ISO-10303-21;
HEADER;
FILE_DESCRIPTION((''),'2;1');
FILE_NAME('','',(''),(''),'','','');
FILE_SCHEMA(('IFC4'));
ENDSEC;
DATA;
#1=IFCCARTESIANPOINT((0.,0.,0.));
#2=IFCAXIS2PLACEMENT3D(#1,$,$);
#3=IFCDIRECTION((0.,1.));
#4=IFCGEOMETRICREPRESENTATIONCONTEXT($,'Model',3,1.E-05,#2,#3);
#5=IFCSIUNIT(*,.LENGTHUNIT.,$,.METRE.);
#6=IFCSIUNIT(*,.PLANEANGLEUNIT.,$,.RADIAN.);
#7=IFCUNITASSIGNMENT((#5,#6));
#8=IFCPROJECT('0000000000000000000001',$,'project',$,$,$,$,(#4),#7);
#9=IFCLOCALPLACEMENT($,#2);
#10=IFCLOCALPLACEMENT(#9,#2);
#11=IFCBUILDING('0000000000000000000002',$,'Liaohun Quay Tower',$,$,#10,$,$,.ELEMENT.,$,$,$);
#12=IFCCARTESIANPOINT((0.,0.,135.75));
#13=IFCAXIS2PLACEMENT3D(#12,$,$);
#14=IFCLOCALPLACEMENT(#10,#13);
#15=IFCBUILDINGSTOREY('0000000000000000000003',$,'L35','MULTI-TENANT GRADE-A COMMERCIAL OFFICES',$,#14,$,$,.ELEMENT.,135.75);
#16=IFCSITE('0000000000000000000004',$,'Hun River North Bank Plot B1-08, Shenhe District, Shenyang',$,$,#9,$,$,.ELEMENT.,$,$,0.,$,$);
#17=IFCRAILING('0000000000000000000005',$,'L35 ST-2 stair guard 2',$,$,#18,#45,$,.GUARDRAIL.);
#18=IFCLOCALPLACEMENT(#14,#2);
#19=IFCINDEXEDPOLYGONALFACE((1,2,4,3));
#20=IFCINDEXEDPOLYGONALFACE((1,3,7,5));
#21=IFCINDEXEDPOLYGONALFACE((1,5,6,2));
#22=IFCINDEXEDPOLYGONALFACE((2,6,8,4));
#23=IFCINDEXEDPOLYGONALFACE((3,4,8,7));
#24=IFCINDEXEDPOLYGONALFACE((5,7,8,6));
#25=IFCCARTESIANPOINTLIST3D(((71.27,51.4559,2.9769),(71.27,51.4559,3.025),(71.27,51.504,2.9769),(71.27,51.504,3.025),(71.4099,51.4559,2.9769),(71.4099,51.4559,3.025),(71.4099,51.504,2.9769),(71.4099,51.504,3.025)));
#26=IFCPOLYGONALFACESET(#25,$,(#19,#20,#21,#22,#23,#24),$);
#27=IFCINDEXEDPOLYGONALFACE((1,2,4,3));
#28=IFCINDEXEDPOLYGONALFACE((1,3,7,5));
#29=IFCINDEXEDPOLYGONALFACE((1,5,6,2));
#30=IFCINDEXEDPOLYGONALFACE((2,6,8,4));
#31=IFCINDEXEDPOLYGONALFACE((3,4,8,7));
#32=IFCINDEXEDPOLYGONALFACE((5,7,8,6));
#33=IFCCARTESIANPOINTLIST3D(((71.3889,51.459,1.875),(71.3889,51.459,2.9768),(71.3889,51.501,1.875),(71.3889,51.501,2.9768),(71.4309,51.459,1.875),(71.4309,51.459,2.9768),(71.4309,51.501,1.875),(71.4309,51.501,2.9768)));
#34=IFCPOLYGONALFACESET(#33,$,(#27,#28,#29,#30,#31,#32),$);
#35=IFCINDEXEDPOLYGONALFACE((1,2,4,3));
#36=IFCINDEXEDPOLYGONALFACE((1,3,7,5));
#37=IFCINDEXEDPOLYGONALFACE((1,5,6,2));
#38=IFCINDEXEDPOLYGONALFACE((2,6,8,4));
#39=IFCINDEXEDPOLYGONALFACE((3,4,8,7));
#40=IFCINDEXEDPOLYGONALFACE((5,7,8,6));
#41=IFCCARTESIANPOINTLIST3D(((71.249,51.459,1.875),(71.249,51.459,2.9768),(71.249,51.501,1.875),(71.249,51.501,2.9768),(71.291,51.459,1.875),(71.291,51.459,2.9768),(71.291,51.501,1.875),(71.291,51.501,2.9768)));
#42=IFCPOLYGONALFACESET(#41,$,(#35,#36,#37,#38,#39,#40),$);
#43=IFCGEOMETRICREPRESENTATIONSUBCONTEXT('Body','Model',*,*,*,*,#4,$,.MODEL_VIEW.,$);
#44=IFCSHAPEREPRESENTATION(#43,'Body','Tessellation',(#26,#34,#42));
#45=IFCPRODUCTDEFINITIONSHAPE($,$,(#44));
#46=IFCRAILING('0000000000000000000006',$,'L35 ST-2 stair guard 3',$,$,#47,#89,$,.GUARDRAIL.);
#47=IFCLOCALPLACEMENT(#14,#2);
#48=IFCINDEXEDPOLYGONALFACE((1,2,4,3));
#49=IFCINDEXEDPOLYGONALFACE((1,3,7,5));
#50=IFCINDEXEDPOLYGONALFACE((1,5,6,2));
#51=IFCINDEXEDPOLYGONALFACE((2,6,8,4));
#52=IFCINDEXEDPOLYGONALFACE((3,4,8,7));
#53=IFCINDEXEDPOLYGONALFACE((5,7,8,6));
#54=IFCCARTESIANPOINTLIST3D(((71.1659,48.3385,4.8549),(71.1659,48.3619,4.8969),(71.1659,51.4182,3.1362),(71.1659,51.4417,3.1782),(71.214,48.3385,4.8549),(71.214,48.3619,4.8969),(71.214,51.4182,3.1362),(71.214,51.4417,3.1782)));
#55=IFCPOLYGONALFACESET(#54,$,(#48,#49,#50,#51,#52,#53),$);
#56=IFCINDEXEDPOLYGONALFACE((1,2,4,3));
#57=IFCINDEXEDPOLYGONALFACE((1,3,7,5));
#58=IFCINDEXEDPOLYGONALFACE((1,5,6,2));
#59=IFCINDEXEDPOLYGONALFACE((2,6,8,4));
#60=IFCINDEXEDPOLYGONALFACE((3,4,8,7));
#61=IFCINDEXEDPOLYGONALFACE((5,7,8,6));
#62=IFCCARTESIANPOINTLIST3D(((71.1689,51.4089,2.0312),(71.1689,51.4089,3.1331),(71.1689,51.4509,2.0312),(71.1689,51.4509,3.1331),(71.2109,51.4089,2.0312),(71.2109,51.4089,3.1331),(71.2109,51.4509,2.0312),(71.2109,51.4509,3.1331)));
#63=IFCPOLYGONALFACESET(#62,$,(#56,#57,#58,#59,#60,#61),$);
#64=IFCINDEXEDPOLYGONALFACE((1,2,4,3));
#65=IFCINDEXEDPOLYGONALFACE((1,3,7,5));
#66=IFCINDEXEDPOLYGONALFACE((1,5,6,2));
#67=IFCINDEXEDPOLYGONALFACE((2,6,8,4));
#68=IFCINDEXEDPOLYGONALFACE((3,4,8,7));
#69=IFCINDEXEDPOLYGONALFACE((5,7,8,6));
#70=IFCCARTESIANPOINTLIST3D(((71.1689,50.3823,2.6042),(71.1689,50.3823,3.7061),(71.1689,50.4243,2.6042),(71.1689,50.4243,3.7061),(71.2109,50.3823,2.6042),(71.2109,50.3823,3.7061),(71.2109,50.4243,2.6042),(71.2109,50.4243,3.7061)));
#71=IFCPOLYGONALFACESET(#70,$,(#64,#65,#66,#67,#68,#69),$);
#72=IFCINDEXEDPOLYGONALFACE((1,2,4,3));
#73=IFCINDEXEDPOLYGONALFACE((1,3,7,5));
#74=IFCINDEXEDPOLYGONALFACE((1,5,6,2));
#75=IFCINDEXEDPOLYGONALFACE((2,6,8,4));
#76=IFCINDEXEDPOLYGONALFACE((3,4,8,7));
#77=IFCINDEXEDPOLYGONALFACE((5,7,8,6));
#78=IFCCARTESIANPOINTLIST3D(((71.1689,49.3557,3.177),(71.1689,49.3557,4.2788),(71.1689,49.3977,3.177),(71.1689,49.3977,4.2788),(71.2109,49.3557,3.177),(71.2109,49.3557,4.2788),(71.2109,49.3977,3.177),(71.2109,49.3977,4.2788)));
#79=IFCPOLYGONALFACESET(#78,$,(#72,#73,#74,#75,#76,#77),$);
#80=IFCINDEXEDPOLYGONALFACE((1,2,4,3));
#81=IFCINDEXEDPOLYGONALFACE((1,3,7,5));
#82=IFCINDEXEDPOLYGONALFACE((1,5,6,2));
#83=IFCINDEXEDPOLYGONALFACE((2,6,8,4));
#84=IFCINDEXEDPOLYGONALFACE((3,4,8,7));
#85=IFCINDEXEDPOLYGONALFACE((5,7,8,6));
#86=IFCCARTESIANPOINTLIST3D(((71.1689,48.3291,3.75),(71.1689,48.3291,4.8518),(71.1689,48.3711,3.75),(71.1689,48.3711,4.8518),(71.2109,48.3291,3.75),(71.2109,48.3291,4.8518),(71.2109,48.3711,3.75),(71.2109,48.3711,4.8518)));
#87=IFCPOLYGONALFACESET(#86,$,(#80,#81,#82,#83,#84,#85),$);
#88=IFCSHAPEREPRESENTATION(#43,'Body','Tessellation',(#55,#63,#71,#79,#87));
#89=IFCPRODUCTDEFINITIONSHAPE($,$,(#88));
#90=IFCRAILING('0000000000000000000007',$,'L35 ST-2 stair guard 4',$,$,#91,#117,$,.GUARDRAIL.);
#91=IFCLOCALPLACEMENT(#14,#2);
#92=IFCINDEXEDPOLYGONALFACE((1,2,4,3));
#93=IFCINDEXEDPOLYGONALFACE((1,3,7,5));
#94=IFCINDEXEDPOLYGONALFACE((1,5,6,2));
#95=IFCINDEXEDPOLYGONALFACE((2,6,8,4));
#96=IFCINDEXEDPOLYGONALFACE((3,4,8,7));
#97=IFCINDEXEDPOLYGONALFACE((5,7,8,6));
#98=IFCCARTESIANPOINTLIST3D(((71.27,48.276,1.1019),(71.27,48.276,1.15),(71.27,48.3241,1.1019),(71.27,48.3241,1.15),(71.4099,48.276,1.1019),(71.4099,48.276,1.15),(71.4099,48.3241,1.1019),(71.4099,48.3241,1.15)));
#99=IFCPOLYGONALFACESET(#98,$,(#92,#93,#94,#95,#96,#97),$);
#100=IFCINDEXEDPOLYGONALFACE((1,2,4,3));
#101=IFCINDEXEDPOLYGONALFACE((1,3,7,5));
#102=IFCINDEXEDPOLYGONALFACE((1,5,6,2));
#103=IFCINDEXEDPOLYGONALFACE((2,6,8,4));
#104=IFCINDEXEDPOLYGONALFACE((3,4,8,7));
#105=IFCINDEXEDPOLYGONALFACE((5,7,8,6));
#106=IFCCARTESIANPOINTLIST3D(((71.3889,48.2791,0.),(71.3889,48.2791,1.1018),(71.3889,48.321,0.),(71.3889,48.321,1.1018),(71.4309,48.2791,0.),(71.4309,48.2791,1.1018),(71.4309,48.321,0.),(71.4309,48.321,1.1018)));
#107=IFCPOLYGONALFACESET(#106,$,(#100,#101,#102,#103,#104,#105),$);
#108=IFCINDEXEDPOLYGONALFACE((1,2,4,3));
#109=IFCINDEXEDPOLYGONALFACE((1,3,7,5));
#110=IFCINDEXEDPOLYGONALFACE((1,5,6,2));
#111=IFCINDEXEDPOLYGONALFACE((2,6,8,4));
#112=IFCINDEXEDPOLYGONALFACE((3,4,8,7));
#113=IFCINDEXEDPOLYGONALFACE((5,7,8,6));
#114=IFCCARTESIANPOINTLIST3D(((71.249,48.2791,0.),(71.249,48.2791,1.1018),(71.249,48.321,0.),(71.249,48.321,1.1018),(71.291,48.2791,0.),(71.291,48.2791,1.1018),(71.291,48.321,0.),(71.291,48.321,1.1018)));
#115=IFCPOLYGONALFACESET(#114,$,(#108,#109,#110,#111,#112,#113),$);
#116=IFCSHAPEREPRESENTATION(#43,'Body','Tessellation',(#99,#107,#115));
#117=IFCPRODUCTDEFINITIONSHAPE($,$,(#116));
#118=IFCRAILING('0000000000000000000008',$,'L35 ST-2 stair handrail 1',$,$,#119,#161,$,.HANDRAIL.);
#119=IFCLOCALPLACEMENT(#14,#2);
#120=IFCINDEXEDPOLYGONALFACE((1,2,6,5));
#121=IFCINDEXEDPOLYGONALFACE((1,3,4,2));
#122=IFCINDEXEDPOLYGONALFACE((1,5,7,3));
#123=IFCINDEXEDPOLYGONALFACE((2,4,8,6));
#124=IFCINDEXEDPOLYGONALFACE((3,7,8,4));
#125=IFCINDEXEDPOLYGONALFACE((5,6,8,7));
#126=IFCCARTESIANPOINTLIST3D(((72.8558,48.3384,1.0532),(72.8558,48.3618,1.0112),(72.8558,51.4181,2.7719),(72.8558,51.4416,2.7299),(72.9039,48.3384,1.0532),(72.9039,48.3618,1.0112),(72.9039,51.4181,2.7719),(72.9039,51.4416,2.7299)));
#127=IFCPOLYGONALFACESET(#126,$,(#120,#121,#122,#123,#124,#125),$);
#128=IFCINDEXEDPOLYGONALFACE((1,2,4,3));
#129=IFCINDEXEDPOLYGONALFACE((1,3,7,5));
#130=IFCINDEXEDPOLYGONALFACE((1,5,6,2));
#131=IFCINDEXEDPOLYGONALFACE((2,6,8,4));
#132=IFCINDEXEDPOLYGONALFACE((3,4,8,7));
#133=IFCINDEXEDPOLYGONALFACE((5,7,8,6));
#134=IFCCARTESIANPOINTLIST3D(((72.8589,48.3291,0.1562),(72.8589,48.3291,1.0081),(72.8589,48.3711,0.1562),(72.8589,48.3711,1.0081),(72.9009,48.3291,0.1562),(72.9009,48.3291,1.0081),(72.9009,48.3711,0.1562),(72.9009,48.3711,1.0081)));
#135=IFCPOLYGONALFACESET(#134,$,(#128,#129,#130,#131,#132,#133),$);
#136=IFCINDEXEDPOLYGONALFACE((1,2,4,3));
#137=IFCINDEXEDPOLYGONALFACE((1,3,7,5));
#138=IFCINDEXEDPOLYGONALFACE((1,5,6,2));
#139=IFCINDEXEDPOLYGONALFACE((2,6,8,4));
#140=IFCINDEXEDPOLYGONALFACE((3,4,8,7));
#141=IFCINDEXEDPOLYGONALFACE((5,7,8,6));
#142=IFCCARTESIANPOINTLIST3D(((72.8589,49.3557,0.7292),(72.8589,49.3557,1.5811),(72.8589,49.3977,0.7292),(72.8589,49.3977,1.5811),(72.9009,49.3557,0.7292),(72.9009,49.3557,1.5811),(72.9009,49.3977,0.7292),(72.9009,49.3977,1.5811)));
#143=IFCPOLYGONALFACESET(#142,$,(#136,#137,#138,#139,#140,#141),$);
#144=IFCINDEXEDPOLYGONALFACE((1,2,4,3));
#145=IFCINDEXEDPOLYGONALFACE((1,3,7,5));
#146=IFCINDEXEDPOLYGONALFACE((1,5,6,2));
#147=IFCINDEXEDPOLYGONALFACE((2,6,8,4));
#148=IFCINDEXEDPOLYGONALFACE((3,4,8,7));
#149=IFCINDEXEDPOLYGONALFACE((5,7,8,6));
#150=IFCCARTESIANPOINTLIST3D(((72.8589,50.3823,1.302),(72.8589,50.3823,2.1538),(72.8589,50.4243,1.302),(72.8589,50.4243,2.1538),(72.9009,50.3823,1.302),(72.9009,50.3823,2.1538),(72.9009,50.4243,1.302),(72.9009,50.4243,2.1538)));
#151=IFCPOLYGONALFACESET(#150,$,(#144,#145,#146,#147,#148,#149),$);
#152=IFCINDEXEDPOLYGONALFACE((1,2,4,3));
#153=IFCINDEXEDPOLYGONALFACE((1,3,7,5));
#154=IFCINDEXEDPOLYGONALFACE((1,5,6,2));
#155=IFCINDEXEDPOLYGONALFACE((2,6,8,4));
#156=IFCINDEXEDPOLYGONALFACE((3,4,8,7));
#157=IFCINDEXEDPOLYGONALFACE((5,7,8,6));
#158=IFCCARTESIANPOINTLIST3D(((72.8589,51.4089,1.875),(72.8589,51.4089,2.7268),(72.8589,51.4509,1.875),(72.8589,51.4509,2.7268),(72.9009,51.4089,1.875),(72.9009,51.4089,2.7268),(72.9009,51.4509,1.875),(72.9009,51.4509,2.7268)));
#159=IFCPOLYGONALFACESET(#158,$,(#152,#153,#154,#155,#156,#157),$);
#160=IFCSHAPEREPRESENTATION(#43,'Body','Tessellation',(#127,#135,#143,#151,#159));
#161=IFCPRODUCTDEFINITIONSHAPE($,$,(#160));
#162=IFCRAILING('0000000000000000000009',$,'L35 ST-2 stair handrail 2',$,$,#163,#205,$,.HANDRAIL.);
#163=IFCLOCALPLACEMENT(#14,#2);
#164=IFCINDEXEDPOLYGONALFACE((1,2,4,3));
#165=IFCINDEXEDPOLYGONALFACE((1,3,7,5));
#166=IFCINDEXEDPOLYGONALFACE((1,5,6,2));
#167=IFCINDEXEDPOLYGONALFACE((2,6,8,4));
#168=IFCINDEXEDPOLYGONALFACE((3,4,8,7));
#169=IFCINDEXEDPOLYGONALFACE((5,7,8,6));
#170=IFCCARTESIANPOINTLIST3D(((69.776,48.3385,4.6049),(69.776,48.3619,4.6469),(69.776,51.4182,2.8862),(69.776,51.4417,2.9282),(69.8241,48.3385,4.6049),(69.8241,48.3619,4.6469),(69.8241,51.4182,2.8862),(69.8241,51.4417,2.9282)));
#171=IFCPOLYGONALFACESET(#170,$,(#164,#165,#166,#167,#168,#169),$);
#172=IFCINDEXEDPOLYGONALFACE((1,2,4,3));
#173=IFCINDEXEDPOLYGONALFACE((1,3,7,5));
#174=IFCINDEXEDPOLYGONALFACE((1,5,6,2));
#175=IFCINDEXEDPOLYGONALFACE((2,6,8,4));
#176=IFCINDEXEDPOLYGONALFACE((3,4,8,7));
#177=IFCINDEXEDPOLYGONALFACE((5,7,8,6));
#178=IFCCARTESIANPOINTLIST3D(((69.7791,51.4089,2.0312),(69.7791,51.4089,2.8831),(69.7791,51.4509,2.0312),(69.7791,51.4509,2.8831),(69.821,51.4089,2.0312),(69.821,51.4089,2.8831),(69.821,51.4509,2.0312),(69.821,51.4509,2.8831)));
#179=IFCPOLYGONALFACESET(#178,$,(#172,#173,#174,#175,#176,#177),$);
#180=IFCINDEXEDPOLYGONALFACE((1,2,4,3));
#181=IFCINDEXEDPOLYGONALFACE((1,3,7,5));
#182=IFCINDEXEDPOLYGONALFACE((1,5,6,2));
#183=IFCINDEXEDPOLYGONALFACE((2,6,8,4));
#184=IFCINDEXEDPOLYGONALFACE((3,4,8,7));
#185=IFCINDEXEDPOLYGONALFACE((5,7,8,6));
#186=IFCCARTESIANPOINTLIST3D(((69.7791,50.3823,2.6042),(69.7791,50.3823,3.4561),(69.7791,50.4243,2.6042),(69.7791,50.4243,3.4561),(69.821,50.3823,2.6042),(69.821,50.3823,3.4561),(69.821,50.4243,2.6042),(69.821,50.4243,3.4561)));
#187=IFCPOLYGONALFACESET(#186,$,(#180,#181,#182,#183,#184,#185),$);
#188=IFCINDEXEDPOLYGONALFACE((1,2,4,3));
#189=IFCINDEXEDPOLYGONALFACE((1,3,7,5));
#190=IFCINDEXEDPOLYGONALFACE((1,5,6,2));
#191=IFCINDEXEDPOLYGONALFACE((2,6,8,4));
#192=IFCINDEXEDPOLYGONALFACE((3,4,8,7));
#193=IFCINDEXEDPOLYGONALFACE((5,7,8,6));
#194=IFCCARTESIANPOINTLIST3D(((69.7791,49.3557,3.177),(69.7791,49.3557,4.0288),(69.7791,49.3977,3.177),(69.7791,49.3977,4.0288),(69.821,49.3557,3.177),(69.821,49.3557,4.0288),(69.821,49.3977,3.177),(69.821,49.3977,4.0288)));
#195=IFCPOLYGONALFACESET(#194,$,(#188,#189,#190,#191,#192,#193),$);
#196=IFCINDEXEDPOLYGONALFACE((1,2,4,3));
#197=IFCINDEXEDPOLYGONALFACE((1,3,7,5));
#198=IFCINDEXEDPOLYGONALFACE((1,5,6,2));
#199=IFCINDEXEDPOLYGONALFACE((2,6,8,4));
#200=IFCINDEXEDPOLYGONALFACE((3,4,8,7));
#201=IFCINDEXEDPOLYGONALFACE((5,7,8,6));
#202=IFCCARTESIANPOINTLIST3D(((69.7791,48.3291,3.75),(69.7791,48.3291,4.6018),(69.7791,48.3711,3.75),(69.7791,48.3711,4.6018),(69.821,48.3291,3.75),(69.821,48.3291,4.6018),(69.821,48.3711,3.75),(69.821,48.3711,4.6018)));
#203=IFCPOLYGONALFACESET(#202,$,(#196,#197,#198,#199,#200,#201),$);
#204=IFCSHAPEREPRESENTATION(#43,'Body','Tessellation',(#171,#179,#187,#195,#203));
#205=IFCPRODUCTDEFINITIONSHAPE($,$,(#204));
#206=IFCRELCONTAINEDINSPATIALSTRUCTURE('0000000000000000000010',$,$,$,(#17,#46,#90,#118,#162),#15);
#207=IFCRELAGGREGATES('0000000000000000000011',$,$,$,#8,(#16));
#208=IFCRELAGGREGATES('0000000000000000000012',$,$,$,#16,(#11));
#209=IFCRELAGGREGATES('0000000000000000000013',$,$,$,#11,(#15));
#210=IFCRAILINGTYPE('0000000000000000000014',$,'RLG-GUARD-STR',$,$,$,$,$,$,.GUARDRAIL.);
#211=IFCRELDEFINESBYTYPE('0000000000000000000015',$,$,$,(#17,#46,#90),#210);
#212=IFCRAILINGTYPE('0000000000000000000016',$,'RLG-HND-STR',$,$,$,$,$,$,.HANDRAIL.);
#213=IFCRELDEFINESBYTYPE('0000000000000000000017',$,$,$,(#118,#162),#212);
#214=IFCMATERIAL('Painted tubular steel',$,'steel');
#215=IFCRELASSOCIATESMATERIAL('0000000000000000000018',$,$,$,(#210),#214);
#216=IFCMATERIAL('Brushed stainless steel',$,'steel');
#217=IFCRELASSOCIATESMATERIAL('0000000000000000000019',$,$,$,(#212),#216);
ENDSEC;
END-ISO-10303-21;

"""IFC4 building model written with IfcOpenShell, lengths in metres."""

from ifc_helpers import new_model, si_unit, direction, frame, origin, origin_2d, place, context, subcontext, project, spatial, rectangle, extrude, material, type_object, element, save


model = new_model("IFC4")

# Units and contexts
model_context = context("Model", 3, precision=1e-05, world=origin(), true_north=direction((0.0, 1.0)))
body_context = subcontext(model_context, "Body", "Model", "MODEL_VIEW")
ifc_project = project(units=[si_unit("LENGTHUNIT", "METRE"), si_unit("PLANEANGLEUNIT", "RADIAN")], contexts=[model_context])

# Site, building, storey
site_placement = place(None, origin())
site = spatial("IfcSite", under=ifc_project, at=site_placement, Name="Hun River North Bank Plot B1-08, Shenhe District, Shenyang", CompositionType="ELEMENT", RefElevation=0.0)
building_placement = place(site_placement, origin())
building = spatial("IfcBuilding", under=site, at=building_placement, Name="Liaohun Quay Tower", CompositionType="ELEMENT")
storey_placement = place(building_placement, frame((0.0, 0.0, 135.75)))
storey = spatial("IfcBuildingStorey", under=building, at=storey_placement, Name="L35", Description="MULTI-TENANT GRADE-A COMMERCIAL OFFICES", CompositionType="ELEMENT", Elevation=135.75)

# Railings
ifc_material_1 = material(Name="Painted tubular steel", Category="steel")
railing_type_1 = type_object("IfcRailingType", Name="RLG-GUARD-STR", PredefinedType="GUARDRAIL", material=ifc_material_1)
railing_1_placement = place(storey_placement, frame((71.4099, 51.48, 1.875)))
element("IfcRailing", 1, at=railing_1_placement, inside=storey, type_object=railing_type_1, Name="L35 ST-2 stair guard 2", PredefinedType="GUARDRAIL", context=body_context, shape_type="SweptSolid", body=[
    extrude(rectangle(XDim=0.0481, YDim=0.0481, at=origin_2d()), frame((0.0, 0.0, 1.126), z_axis=(-1.0, 0.0, 0.0), x_axis=(0.0, -1.0, 0.0)), (0.0, 0.0, 1.0), 0.1399),
    extrude(rectangle(XDim=0.042, YDim=0.042, at=origin_2d()), origin(), (0.0, 0.0, 1.0), 1.1018),
    extrude(rectangle(XDim=0.042, YDim=0.042, at=origin_2d()), frame((-0.1399, 0.0, 0.0)), (0.0, 0.0, 1.0), 1.1018),
])
railing_2_placement = place(storey_placement, frame((71.1899, 51.4299, 2.0312)))
element("IfcRailing", 2, at=railing_2_placement, inside=storey, type_object=railing_type_1, Name="L35 ST-2 stair guard 3", PredefinedType="GUARDRAIL", context=body_context, shape_type="SweptSolid", body=[
    extrude(rectangle(XDim=0.0481, YDim=0.0481, at=origin_2d()), frame((0.0, 0.0, 1.126), z_axis=(0.0, -0.873225, 0.487317), x_axis=(1.0, 0.0, 0.0)), (0.0, 0.0, 1.0), 3.5269),
    extrude(rectangle(XDim=0.042, YDim=0.042, at=origin_2d()), origin(), (0.0, 0.0, 1.0), 1.1018),
    extrude(rectangle(XDim=0.042, YDim=0.042, at=origin_2d()), frame((0.0, -1.0266, 0.573)), (0.0, 0.0, 1.0), 1.1018),
    extrude(rectangle(XDim=0.042, YDim=0.042, at=origin_2d()), frame((0.0, -2.0532, 1.1458)), (0.0, 0.0, 1.0), 1.1018),
    extrude(rectangle(XDim=0.042, YDim=0.042, at=origin_2d()), frame((0.0, -3.0798, 1.7188)), (0.0, 0.0, 1.0), 1.1018),
])
railing_3_placement = place(storey_placement, frame((71.4099, 48.3, 0.0)))
element("IfcRailing", 3, at=railing_3_placement, inside=storey, type_object=railing_type_1, Name="L35 ST-2 stair guard 4", PredefinedType="GUARDRAIL", context=body_context, shape_type="SweptSolid", body=[
    extrude(rectangle(XDim=0.0481, YDim=0.0481, at=origin_2d()), frame((0.0, 0.0, 1.126), z_axis=(-1.0, 0.0, 0.0), x_axis=(0.0, -1.0, 0.0)), (0.0, 0.0, 1.0), 0.1399),
    extrude(rectangle(XDim=0.042, YDim=0.042, at=origin_2d()), origin(), (0.0, 0.0, 1.0), 1.1018),
    extrude(rectangle(XDim=0.042, YDim=0.042, at=origin_2d()), frame((-0.1399, 0.0, 0.0)), (0.0, 0.0, 1.0), 1.1018),
])
ifc_material_2 = material(Name="Brushed stainless steel", Category="steel")
railing_type_2 = type_object("IfcRailingType", Name="RLG-HND-STR", PredefinedType="HANDRAIL", material=ifc_material_2)
railing_4_placement = place(storey_placement, frame((72.8799, 48.3501, 0.1562)))
element("IfcRailing", 4, at=railing_4_placement, inside=storey, type_object=railing_type_2, Name="L35 ST-2 stair handrail 1", PredefinedType="HANDRAIL", context=body_context, shape_type="SweptSolid", body=[
    extrude(rectangle(XDim=0.0481, YDim=0.0481, at=origin_2d()), frame((0.0, 0.0, 0.876), z_axis=(0.0, 0.873225, 0.487317), x_axis=(-1.0, 0.0, 0.0)), (0.0, 0.0, 1.0), 3.5269),
    extrude(rectangle(XDim=0.042, YDim=0.042, at=origin_2d()), origin(), (0.0, 0.0, 1.0), 0.8518),
    extrude(rectangle(XDim=0.042, YDim=0.042, at=origin_2d()), frame((0.0, 1.0266, 0.573)), (0.0, 0.0, 1.0), 0.8518),
    extrude(rectangle(XDim=0.042, YDim=0.042, at=origin_2d()), frame((0.0, 2.0532, 1.1458)), (0.0, 0.0, 1.0), 0.8518),
    extrude(rectangle(XDim=0.042, YDim=0.042, at=origin_2d()), frame((0.0, 3.0798, 1.7188)), (0.0, 0.0, 1.0), 0.8518),
])
railing_5_placement = place(storey_placement, frame((69.8, 51.4299, 2.0312)))
element("IfcRailing", 5, at=railing_5_placement, inside=storey, type_object=railing_type_2, Name="L35 ST-2 stair handrail 2", PredefinedType="HANDRAIL", context=body_context, shape_type="SweptSolid", body=[
    extrude(rectangle(XDim=0.0481, YDim=0.0481, at=origin_2d()), frame((0.0, 0.0, 0.876), z_axis=(0.0, -0.873225, 0.487317), x_axis=(1.0, 0.0, 0.0)), (0.0, 0.0, 1.0), 3.5269),
    extrude(rectangle(XDim=0.042, YDim=0.042, at=origin_2d()), origin(), (0.0, 0.0, 1.0), 0.8518),
    extrude(rectangle(XDim=0.042, YDim=0.042, at=origin_2d()), frame((0.0, -1.0266, 0.573)), (0.0, 0.0, 1.0), 0.8518),
    extrude(rectangle(XDim=0.042, YDim=0.042, at=origin_2d()), frame((0.0, -2.0532, 1.1458)), (0.0, 0.0, 1.0), 0.8518),
    extrude(rectangle(XDim=0.042, YDim=0.042, at=origin_2d()), frame((0.0, -3.0798, 1.7188)), (0.0, 0.0, 1.0), 0.8518),
])

save(model, "model.ifc")
